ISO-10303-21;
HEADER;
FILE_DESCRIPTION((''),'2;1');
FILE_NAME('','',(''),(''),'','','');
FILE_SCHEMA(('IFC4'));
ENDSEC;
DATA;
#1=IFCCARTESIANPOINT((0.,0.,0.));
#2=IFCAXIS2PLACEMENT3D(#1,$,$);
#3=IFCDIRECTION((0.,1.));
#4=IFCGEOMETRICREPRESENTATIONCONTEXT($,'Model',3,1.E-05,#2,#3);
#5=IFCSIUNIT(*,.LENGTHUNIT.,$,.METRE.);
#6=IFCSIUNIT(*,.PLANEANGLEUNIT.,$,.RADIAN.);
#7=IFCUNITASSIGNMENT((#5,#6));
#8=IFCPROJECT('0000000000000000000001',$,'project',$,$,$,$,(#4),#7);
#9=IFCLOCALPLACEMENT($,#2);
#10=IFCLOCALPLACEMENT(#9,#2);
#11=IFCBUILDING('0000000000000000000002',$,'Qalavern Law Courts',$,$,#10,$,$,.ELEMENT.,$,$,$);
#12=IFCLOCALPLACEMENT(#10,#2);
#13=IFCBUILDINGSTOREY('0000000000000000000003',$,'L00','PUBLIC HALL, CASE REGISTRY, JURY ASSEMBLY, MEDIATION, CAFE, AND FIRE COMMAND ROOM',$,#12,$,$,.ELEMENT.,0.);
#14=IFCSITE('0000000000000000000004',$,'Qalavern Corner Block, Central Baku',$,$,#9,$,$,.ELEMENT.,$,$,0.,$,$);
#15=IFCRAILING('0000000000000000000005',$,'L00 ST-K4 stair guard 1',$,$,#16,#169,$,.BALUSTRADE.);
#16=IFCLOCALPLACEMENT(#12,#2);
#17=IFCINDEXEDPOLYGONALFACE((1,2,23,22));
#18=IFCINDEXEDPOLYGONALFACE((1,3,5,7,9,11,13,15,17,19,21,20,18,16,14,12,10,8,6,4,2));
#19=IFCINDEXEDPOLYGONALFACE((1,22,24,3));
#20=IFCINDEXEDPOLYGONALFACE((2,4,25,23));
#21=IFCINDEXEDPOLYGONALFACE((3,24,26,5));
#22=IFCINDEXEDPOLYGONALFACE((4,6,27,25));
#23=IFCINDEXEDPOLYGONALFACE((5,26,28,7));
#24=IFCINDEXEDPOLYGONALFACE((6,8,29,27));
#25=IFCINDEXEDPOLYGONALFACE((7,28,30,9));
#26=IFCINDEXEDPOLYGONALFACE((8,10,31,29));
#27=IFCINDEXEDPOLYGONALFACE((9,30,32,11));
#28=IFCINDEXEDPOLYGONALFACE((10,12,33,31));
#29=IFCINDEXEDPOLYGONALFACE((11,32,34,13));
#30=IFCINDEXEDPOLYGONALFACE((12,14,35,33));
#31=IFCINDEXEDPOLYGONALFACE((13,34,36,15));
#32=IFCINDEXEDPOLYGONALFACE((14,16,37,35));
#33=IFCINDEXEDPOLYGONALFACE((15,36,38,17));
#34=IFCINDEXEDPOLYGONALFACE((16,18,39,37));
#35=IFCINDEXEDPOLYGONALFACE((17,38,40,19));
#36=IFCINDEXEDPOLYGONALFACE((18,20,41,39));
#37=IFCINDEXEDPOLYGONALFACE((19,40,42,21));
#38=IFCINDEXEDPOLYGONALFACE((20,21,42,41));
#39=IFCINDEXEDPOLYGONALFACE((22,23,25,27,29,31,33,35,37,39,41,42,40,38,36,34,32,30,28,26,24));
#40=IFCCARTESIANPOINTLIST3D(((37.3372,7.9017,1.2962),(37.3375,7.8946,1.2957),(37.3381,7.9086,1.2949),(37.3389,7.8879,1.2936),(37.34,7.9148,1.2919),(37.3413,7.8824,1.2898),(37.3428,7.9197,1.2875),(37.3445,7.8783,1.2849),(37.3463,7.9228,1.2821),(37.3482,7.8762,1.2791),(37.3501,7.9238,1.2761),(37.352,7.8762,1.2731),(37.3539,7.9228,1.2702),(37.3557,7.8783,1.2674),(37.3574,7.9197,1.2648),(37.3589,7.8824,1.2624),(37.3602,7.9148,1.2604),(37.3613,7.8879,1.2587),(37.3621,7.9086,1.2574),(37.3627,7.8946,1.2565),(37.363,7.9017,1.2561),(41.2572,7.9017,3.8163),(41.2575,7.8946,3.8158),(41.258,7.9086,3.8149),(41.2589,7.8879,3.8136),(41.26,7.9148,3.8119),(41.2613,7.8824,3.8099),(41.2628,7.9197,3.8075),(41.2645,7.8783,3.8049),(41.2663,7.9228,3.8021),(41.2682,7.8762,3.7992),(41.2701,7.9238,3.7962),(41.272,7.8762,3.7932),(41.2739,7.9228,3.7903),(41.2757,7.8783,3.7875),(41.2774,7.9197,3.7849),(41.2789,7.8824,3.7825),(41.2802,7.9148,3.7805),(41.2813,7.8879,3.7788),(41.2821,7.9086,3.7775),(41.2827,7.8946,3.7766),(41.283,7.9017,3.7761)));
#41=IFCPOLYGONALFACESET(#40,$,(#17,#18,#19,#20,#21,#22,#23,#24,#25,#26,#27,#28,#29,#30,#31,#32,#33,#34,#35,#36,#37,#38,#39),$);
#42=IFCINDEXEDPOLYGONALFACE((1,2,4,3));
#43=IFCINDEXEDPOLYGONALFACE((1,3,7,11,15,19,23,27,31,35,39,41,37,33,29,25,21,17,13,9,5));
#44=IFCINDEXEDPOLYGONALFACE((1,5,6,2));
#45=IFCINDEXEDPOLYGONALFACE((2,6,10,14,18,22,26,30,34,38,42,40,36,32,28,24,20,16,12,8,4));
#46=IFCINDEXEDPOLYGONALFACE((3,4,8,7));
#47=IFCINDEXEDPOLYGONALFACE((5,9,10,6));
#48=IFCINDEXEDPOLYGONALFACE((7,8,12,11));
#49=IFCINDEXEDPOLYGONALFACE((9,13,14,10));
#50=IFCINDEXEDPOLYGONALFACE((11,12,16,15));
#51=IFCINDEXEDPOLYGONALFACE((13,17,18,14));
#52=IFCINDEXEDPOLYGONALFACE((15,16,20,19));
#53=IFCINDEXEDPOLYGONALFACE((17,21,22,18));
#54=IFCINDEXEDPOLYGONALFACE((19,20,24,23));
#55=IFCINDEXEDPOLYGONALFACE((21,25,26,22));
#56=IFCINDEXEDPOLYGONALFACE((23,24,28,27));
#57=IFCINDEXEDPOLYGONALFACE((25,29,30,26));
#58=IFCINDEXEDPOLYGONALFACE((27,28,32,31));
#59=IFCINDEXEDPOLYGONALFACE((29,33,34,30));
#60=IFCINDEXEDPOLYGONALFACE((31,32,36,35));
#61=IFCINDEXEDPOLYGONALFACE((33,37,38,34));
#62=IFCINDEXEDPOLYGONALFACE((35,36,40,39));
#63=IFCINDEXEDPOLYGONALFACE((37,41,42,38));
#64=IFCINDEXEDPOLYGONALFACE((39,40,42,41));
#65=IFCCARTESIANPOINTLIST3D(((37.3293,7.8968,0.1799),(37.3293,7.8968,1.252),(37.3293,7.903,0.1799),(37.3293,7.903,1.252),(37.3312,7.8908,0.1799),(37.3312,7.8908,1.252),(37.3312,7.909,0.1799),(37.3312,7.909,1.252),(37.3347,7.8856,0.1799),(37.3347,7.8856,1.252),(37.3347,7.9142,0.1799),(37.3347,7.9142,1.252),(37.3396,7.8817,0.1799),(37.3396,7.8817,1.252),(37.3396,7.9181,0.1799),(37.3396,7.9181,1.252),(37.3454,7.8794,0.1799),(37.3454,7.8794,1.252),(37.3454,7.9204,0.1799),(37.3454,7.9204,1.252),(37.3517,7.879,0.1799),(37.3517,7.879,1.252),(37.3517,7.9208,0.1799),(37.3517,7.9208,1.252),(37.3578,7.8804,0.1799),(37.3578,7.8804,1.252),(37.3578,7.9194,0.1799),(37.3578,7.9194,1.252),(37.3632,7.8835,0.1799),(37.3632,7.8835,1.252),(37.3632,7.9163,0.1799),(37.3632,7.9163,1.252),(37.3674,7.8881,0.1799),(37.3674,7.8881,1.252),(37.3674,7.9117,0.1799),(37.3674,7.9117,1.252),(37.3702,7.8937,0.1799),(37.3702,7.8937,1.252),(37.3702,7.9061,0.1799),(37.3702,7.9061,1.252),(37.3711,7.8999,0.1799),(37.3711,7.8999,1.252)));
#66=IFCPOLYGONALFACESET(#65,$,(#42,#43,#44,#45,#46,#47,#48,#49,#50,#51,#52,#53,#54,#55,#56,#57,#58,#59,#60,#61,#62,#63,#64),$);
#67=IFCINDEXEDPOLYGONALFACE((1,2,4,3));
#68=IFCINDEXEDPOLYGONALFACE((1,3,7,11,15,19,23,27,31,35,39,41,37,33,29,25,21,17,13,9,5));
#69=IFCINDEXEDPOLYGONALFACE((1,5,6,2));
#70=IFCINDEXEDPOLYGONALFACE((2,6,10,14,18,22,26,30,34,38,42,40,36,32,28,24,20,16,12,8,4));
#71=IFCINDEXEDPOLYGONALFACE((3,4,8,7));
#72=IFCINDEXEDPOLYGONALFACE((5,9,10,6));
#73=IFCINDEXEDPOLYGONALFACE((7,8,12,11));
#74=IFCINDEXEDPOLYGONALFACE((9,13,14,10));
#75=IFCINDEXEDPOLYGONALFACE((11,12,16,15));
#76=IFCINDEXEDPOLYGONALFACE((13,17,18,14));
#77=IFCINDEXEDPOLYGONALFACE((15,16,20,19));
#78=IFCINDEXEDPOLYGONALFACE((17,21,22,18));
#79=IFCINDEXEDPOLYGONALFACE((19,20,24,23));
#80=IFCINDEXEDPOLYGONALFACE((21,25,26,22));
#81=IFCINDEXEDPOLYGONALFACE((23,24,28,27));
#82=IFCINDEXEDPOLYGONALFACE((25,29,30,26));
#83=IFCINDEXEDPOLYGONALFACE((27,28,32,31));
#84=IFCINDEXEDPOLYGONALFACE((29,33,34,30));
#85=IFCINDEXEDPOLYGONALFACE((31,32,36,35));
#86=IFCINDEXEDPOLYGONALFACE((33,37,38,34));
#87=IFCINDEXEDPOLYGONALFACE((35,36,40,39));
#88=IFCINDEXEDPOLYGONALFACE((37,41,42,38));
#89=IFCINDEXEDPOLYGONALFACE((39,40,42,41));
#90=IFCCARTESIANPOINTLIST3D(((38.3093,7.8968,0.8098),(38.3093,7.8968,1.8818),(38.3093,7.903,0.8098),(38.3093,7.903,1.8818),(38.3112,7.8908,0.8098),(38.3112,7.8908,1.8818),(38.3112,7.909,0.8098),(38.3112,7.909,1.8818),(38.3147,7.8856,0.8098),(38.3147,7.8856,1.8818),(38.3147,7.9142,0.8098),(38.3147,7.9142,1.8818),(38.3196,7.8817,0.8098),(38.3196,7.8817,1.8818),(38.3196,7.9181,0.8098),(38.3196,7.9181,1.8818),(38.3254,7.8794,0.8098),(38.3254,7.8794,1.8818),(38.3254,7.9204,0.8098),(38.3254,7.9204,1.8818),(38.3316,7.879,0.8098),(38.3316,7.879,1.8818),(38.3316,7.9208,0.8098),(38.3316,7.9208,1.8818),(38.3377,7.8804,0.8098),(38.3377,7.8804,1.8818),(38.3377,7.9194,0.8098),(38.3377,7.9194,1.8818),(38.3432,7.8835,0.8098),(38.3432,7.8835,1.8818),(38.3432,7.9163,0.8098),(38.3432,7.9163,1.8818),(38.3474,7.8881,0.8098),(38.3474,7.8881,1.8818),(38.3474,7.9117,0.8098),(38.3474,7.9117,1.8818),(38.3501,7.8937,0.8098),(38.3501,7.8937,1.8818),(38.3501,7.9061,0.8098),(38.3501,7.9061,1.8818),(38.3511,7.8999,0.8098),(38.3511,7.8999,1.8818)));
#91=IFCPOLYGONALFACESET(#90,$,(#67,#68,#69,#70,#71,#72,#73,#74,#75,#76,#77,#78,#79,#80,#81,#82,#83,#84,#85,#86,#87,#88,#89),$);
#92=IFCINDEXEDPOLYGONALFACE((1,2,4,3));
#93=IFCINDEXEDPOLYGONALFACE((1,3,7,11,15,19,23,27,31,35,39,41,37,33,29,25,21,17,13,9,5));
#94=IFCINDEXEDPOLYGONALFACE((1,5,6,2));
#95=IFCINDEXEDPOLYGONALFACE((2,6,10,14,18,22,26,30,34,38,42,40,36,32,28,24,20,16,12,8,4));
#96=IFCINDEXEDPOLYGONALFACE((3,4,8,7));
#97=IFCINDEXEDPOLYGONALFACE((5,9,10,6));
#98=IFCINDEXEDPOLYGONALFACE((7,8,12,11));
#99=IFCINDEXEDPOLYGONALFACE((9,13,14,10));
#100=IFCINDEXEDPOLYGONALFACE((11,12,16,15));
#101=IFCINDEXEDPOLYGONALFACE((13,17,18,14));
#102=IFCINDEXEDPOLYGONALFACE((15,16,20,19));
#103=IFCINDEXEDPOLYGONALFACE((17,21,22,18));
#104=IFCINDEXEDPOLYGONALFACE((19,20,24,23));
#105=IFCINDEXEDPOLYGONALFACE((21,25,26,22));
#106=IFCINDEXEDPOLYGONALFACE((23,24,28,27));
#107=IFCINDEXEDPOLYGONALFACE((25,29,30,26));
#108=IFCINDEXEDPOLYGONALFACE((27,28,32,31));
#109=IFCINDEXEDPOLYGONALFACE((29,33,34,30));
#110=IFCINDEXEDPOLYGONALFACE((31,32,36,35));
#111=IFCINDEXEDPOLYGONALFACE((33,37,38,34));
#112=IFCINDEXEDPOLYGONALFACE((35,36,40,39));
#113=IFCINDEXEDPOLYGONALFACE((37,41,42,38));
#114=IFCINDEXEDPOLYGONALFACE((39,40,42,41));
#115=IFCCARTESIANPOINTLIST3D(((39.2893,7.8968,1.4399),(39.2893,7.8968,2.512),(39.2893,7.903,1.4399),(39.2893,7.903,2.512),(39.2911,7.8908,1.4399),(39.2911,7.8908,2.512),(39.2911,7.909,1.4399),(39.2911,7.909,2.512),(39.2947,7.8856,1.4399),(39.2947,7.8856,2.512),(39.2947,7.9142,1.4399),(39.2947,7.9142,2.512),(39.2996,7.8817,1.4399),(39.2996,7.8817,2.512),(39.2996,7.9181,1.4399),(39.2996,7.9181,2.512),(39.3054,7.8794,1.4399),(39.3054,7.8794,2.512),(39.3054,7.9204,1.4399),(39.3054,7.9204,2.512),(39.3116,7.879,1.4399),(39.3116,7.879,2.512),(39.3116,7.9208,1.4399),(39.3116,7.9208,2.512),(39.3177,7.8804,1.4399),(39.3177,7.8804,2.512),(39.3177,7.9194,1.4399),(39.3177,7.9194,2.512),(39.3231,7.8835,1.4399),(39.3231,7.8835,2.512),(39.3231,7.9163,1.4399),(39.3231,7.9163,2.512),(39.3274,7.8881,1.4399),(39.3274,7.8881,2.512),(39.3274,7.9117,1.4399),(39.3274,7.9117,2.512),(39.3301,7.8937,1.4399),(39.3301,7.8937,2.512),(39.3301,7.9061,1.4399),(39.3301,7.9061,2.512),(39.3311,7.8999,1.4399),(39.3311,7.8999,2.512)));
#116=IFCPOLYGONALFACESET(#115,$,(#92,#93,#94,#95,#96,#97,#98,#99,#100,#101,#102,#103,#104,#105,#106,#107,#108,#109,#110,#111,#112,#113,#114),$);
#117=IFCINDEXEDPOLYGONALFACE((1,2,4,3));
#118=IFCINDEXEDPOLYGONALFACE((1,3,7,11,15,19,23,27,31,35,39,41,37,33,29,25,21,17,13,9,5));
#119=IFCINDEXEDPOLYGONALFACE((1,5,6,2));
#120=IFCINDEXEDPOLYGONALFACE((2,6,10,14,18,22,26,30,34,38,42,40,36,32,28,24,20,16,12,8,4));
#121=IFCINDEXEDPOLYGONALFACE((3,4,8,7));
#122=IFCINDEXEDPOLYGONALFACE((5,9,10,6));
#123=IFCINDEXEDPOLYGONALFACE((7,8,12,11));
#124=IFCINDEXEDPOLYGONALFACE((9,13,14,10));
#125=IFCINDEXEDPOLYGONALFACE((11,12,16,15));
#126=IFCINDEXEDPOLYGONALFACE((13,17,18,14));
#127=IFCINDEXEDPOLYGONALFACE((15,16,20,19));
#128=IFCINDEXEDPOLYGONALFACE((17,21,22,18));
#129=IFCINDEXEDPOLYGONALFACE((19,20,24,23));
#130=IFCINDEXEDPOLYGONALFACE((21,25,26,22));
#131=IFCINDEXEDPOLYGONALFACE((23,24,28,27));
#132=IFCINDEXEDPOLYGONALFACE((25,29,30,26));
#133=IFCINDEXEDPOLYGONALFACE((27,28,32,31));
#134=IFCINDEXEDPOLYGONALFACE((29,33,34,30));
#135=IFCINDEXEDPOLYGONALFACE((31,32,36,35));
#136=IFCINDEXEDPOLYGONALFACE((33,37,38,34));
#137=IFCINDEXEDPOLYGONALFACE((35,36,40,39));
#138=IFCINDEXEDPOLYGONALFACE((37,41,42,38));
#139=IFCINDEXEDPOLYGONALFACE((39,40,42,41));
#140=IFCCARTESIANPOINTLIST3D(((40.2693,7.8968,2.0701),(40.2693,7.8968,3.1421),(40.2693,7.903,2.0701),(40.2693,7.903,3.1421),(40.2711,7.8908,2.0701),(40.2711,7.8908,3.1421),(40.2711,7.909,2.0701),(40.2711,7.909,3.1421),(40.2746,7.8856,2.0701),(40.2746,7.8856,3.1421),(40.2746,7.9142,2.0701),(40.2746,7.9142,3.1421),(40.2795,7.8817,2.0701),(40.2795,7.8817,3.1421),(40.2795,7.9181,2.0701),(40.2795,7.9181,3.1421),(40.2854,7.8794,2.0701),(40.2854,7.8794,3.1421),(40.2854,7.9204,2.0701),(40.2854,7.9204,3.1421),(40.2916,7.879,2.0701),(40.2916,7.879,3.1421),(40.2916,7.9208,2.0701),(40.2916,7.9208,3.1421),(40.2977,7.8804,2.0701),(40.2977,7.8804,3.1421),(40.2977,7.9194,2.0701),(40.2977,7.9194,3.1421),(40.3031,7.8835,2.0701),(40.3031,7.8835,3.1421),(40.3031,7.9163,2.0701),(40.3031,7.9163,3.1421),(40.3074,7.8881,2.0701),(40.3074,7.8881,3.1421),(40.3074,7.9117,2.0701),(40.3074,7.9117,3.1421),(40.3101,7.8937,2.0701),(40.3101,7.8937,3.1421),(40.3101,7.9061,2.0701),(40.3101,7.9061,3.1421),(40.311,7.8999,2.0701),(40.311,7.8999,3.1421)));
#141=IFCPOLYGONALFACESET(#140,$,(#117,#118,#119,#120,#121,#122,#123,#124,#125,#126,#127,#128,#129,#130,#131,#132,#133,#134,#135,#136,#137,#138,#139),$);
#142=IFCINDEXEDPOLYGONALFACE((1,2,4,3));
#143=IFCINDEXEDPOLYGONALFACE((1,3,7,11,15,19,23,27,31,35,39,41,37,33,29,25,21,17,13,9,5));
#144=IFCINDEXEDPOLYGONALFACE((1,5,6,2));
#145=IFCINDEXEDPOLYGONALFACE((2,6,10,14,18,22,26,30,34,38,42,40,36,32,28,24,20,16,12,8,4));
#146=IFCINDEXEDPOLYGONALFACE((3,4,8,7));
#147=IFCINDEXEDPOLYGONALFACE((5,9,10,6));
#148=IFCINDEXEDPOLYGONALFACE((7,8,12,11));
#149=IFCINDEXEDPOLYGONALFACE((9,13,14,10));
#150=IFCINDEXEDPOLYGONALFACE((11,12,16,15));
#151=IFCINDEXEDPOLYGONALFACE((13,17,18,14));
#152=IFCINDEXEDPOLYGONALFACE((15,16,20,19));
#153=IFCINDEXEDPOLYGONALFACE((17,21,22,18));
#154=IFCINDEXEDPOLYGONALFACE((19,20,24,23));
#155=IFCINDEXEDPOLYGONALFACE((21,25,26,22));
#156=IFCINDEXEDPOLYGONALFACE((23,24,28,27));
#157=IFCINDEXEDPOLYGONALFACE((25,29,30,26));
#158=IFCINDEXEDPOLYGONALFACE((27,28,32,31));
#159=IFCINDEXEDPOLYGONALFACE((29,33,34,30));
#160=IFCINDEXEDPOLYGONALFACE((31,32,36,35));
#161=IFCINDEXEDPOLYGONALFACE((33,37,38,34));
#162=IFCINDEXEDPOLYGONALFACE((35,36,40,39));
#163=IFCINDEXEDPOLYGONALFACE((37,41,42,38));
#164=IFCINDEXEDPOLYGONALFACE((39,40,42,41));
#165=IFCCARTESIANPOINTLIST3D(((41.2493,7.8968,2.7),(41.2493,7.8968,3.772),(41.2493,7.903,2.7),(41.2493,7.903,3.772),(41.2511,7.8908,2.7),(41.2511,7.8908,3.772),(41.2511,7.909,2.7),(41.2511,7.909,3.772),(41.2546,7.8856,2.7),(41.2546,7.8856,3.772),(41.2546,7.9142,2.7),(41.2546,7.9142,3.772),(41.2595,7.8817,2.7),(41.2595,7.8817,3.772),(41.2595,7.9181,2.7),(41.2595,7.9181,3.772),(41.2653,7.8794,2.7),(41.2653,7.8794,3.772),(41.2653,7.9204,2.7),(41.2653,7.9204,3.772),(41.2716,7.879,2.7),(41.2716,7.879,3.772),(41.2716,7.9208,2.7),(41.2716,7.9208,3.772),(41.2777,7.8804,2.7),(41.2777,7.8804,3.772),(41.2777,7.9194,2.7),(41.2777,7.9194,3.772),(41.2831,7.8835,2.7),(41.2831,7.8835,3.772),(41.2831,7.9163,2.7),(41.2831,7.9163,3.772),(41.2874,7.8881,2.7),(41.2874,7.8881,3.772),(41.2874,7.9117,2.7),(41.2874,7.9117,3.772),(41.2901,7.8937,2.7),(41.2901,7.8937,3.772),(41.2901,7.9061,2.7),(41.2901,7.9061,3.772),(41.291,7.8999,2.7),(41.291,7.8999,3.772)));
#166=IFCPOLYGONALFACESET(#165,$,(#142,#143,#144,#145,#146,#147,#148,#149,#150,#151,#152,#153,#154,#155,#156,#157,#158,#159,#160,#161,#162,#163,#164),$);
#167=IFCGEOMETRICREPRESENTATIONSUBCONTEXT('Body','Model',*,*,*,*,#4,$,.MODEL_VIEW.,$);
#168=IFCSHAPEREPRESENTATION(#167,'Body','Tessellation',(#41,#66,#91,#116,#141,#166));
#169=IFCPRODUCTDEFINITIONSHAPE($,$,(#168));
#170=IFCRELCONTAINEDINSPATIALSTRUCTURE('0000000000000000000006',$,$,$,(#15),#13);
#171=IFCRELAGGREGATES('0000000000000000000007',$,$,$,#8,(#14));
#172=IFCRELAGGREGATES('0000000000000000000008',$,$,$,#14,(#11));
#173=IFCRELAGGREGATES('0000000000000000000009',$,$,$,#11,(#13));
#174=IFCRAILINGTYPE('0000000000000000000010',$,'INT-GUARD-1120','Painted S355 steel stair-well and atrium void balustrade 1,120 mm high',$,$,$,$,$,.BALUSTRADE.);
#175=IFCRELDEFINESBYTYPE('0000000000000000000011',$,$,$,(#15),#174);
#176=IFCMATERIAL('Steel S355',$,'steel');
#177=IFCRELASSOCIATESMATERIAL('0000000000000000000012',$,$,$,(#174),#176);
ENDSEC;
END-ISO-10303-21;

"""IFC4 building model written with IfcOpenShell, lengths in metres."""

from ifc_helpers import new_model, si_unit, direction, frame, origin, origin_2d, place, context, subcontext, project, spatial, circle, extrude, material, type_object, element, save


model = new_model("IFC4")

# Units and contexts
model_context = context("Model", 3, precision=1e-05, world=origin(), true_north=direction((0.0, 1.0)))
body_context = subcontext(model_context, "Body", "Model", "MODEL_VIEW")
ifc_project = project(units=[si_unit("LENGTHUNIT", "METRE"), si_unit("PLANEANGLEUNIT", "RADIAN")], contexts=[model_context])

# Site, building, storey
site_placement = place(None, origin())
site = spatial("IfcSite", under=ifc_project, at=site_placement, Name="Qalavern Corner Block, Central Baku", CompositionType="ELEMENT", RefElevation=0.0)
building_placement = place(site_placement, origin())
building = spatial("IfcBuilding", under=site, at=building_placement, Name="Qalavern Law Courts", CompositionType="ELEMENT")
storey_placement = place(building_placement, origin())
storey = spatial("IfcBuildingStorey", under=building, at=storey_placement, Name="L00", Description="PUBLIC HALL, CASE REGISTRY, JURY ASSEMBLY, MEDIATION, CAFE, AND FIRE COMMAND ROOM", CompositionType="ELEMENT", Elevation=0.0)

# Railing
ifc_material_1 = material(Name="Steel S355", Category="steel")
railing_type = type_object("IfcRailingType", Name="INT-GUARD-1120", Description="Painted S355 steel stair-well and atrium void balustrade 1,120 mm high", PredefinedType="BALUSTRADE", material=ifc_material_1)
railing_1_placement = place(storey_placement, frame((37.3501, 7.8999, 0.1799)))
element("IfcRailing", 1, at=railing_1_placement, inside=storey, type_object=railing_type, Name="L00 ST-K4 stair guard 1", PredefinedType="BALUSTRADE", context=body_context, shape_type="SweptSolid", body=[
    extrude(circle(Radius=0.0239, at=origin_2d()), frame((0.0, 0.0, 1.0962), z_axis=(0.841172, 0.0, 0.540768), x_axis=(0.0, 1.0, 0.0)), (0.0, 0.0, 1.0), 4.6602),
    extrude(circle(Radius=0.021, at=origin_2d()), origin(), (0.0, 0.0, 1.0), 1.072),
    extrude(circle(Radius=0.021, at=origin_2d()), frame((0.98, 0.0, 0.6299)), (0.0, 0.0, 1.0), 1.072),
    extrude(circle(Radius=0.021, at=origin_2d()), frame((1.96, 0.0, 1.26)), (0.0, 0.0, 1.0), 1.072),
    extrude(circle(Radius=0.021, at=origin_2d()), frame((2.9399, 0.0, 1.8901)), (0.0, 0.0, 1.0), 1.072),
    extrude(circle(Radius=0.021, at=origin_2d()), frame((3.9199, 0.0, 2.52)), (0.0, 0.0, 1.0), 1.072),
])

save(model, "model.ifc")
